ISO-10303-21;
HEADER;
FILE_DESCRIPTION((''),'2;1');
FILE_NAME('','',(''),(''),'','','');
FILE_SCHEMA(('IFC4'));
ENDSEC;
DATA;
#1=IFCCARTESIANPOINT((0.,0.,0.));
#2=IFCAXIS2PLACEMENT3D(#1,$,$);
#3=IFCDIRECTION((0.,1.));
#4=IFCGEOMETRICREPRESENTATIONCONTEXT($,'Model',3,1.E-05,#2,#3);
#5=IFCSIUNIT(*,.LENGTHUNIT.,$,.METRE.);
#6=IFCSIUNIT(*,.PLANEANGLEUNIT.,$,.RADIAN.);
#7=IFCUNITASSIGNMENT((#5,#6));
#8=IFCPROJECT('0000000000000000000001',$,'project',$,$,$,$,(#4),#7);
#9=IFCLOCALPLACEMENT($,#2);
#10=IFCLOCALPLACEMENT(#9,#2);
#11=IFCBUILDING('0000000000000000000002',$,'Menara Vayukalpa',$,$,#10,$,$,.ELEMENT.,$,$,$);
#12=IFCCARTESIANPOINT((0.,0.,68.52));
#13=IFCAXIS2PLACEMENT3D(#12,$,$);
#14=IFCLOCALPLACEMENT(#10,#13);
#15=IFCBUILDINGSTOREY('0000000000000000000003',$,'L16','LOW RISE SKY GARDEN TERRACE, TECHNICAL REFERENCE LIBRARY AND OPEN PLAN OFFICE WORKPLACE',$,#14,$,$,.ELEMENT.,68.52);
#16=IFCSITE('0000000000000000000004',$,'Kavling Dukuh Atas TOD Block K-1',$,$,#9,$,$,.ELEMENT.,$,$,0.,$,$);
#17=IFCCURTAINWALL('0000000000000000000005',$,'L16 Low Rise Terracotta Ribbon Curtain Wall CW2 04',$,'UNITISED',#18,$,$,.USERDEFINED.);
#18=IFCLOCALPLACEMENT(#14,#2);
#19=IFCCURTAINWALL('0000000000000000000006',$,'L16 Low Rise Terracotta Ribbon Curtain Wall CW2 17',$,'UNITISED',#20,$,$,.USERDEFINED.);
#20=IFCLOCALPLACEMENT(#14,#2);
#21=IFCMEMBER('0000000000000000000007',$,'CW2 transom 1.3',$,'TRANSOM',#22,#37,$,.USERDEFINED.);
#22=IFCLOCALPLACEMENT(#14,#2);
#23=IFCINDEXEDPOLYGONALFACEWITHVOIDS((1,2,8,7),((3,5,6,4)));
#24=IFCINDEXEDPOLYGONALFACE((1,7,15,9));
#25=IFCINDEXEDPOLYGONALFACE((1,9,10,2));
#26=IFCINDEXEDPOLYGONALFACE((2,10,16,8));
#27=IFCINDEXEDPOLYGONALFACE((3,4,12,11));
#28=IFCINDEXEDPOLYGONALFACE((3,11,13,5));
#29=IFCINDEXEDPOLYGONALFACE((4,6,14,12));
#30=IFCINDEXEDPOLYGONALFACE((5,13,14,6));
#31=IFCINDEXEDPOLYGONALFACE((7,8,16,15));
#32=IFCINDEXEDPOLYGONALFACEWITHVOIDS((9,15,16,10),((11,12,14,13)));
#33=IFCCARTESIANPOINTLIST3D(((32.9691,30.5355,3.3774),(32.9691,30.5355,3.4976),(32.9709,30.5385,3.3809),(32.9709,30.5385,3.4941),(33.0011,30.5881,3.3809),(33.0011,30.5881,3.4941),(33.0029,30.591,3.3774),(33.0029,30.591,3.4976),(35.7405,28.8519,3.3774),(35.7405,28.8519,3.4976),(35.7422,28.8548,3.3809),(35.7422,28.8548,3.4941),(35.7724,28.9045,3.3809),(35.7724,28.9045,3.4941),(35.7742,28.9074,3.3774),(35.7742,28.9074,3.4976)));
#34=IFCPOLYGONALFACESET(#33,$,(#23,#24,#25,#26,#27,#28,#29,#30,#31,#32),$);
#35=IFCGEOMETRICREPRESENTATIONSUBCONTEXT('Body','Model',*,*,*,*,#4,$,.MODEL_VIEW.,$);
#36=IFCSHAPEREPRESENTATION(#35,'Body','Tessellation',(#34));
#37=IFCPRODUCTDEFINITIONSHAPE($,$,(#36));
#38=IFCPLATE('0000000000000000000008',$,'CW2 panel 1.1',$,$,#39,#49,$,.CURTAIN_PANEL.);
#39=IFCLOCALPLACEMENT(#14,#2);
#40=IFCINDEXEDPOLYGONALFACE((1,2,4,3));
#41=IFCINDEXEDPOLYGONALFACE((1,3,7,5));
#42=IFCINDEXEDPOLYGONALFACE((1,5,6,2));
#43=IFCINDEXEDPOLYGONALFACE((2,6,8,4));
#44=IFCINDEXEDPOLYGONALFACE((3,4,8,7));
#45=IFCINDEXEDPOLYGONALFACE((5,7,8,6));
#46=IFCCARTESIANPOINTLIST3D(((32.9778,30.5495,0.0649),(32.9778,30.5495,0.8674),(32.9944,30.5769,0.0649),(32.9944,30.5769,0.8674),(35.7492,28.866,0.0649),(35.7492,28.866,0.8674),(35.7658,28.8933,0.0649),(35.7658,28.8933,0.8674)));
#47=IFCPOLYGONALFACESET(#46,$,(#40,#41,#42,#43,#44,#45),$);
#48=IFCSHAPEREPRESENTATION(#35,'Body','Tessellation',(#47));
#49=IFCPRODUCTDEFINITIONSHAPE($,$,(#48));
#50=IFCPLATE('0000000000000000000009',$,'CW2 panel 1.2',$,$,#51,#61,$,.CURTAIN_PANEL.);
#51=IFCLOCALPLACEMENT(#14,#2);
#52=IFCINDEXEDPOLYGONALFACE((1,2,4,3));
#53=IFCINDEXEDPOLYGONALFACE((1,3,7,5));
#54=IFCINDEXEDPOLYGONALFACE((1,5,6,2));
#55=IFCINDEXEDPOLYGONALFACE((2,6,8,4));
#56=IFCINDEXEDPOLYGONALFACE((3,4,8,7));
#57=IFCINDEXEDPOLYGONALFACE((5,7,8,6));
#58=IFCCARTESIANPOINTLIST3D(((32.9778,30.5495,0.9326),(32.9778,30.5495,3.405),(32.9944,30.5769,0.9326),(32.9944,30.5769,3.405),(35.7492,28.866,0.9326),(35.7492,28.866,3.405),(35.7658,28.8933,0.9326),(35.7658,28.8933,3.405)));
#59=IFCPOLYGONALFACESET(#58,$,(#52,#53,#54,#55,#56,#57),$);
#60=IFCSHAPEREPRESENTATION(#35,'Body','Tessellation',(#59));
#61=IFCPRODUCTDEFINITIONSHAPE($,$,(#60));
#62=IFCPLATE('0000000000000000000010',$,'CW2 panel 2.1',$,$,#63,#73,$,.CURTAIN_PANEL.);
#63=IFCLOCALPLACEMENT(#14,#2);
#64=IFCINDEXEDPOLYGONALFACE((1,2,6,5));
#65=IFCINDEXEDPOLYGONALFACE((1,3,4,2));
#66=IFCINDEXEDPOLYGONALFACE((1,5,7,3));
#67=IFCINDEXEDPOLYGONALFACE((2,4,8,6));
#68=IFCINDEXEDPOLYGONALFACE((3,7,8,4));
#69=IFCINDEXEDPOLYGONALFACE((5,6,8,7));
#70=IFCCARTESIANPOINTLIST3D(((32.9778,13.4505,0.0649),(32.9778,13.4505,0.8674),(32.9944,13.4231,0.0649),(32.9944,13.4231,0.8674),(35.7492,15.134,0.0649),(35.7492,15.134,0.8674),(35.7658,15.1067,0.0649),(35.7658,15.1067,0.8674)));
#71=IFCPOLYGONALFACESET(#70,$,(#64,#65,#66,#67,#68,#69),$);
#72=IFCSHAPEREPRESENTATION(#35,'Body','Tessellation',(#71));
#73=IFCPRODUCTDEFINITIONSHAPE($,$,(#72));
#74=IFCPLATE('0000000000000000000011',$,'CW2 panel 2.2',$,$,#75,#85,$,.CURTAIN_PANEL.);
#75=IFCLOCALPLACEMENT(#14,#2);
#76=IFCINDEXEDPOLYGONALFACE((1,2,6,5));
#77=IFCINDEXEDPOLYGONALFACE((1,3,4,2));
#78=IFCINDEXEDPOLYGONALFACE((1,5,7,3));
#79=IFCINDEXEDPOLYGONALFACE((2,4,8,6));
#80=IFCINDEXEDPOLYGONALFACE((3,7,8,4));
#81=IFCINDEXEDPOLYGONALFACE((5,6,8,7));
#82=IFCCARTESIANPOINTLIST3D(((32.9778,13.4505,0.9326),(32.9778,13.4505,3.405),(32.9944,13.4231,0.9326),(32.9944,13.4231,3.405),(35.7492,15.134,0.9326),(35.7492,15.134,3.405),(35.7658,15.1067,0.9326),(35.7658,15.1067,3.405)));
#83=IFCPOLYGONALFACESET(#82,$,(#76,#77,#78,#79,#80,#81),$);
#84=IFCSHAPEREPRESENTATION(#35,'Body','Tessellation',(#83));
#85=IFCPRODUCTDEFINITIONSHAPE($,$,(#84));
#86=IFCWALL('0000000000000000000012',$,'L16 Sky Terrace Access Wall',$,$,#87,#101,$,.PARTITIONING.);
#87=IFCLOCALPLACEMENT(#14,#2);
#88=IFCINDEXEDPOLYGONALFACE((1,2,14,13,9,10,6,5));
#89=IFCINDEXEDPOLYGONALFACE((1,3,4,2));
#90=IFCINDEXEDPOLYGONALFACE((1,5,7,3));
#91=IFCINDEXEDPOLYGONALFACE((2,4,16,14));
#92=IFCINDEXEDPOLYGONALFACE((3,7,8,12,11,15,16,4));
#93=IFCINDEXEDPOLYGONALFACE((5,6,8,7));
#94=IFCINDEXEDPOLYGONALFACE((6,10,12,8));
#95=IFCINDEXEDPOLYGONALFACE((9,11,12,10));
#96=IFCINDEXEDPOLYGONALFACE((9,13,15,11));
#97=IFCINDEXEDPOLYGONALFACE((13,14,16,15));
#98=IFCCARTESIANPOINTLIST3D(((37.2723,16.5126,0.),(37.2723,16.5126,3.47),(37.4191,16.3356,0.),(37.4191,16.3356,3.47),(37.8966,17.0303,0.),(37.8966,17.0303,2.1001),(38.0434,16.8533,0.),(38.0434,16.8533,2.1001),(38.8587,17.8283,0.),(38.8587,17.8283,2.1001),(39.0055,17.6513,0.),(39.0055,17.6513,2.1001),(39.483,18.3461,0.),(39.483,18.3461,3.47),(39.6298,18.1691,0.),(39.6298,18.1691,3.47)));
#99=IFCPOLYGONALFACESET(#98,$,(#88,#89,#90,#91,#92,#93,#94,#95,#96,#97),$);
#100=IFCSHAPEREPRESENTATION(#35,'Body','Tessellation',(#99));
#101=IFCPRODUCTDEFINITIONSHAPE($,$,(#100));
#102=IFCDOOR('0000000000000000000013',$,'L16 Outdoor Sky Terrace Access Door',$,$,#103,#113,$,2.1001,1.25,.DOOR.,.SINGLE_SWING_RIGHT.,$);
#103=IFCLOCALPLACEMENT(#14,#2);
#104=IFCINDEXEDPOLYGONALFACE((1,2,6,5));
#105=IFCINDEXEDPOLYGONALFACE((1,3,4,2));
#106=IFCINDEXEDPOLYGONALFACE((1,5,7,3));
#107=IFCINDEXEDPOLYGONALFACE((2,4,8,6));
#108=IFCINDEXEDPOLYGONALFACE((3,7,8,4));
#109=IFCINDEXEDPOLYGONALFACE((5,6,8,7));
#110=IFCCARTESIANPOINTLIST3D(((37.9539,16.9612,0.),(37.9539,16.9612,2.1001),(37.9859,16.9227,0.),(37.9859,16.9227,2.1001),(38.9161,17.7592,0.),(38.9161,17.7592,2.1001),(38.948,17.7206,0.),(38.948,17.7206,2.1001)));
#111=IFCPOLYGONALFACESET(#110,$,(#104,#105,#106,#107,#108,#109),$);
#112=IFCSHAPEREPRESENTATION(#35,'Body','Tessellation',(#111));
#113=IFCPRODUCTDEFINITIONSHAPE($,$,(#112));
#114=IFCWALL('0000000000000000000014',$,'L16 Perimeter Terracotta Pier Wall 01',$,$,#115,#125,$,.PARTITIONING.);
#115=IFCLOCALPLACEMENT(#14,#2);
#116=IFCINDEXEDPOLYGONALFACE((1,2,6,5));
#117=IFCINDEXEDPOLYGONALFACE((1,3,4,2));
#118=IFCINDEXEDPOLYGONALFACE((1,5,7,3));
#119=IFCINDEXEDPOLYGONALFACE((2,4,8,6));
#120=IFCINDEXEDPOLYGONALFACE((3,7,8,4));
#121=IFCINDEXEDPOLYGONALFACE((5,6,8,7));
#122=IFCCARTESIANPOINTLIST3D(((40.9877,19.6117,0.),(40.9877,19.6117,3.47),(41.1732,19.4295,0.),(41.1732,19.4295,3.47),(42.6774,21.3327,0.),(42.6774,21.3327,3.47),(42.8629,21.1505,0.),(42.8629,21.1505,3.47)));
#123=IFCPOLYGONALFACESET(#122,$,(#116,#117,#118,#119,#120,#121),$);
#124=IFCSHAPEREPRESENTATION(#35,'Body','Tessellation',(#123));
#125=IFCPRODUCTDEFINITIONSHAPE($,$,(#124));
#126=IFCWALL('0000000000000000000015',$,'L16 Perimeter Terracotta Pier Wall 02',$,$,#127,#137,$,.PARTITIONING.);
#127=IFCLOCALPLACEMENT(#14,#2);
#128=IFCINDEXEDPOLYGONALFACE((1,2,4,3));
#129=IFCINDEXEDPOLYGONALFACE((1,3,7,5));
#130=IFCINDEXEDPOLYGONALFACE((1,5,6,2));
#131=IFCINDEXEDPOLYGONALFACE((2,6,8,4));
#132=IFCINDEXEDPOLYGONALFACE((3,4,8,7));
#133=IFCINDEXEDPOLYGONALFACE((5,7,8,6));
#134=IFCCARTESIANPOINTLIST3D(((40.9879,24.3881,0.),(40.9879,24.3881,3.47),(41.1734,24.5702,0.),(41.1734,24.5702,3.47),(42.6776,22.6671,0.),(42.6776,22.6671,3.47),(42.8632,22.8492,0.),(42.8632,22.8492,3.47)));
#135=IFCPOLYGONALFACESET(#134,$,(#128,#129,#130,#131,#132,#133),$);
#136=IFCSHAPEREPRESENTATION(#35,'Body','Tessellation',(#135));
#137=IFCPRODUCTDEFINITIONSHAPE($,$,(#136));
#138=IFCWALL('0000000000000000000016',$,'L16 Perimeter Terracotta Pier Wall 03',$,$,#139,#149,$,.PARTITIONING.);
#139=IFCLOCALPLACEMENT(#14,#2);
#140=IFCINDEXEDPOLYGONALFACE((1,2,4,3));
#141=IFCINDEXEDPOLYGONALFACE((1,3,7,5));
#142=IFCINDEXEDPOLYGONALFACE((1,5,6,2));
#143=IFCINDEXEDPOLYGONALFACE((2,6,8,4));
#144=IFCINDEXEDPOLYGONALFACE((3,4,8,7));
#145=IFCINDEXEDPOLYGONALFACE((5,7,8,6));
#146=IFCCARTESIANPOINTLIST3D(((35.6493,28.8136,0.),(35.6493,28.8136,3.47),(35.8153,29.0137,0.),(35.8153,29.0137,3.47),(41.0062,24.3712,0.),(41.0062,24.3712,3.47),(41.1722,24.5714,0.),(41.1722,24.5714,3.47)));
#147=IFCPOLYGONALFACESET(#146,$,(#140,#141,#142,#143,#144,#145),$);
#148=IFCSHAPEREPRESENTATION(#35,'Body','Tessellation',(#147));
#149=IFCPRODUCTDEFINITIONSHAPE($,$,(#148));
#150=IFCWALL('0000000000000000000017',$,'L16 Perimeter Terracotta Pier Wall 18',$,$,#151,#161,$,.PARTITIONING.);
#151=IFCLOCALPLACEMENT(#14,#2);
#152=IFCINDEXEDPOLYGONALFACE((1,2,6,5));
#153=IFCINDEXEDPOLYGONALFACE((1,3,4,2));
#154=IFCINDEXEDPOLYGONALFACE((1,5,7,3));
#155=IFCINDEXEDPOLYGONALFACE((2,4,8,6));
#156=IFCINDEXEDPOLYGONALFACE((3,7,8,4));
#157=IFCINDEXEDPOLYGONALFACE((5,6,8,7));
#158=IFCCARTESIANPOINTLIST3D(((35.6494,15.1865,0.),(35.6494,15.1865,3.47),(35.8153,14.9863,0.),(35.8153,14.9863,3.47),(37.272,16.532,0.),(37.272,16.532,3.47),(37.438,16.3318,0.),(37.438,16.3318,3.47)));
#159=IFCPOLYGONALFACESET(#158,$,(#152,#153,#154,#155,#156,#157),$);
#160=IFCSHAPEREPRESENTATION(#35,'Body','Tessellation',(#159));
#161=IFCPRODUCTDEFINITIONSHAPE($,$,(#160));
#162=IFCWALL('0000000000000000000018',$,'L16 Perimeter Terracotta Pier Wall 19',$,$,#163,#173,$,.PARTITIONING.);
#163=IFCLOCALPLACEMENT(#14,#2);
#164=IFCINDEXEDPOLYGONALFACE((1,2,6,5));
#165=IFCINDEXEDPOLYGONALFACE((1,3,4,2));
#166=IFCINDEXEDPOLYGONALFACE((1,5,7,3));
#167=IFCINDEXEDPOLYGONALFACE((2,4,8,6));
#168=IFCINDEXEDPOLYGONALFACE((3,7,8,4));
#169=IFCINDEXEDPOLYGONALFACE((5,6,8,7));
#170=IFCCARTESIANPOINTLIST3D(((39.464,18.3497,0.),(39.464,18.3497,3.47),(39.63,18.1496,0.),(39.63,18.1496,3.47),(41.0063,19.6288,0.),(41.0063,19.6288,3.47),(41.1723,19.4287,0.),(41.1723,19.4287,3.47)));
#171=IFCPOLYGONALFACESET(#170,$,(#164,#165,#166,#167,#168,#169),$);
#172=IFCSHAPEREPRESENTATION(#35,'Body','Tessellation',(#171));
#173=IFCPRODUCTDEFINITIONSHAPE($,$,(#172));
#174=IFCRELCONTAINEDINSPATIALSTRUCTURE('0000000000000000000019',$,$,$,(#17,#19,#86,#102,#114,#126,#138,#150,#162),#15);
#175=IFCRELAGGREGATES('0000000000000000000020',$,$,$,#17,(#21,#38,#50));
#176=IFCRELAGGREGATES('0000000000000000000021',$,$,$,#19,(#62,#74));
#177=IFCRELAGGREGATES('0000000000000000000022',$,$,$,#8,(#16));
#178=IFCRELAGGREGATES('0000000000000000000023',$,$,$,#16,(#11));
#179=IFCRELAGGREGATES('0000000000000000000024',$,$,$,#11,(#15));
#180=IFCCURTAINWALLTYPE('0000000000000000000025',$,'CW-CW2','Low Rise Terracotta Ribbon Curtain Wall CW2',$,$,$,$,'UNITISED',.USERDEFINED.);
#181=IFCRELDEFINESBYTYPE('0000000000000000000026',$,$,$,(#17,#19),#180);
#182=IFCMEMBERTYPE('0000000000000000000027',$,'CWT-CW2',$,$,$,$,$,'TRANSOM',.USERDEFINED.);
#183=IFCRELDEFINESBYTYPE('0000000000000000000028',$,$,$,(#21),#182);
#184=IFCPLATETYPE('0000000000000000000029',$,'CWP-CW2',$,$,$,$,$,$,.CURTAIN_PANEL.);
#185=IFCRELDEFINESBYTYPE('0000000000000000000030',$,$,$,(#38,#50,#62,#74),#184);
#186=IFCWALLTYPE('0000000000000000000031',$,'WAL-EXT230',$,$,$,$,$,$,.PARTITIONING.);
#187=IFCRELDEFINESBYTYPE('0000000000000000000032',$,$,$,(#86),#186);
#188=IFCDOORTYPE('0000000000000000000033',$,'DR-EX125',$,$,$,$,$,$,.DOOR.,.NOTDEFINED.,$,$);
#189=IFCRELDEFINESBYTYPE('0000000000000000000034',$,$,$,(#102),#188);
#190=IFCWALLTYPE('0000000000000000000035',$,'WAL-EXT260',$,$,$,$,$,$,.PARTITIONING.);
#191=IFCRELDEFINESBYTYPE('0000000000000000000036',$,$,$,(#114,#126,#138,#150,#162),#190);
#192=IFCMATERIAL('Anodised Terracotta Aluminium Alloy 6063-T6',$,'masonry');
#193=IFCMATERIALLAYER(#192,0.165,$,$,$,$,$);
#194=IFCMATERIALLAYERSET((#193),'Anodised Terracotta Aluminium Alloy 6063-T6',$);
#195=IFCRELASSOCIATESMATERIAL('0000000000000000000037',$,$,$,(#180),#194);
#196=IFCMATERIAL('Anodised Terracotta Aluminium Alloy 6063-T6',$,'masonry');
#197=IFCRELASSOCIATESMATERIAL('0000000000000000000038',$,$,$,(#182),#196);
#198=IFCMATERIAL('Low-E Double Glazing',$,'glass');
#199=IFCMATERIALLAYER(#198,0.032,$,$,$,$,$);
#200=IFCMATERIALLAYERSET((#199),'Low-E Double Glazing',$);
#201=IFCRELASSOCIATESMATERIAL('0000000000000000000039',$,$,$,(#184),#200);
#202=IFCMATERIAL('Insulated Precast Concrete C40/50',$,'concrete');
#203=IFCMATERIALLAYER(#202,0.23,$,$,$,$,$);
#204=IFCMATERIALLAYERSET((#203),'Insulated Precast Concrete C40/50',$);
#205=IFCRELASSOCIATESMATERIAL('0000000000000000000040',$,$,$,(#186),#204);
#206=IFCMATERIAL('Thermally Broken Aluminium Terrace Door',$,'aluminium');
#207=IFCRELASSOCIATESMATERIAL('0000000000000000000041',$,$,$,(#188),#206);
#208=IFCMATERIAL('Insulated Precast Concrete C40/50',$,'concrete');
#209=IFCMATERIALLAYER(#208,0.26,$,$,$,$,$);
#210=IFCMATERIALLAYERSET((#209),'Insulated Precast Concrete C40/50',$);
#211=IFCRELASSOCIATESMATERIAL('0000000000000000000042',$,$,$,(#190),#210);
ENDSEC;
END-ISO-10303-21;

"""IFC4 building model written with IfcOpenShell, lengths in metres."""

from ifc_helpers import new_model, si_unit, direction, frame, frame_2d, origin, origin_2d, place, context, subcontext, project, spatial, rectangle, hollow_rectangle, extrude, material, layer, layer_set, material_profile, profile_set, type_object, element, fill, aggregate, save


model = new_model("IFC4")

# Units and contexts
model_context = context("Model", 3, precision=1e-05, world=origin(), true_north=direction((0.0, 1.0)))
body_context = subcontext(model_context, "Body", "Model", "MODEL_VIEW")
ifc_project = project(units=[si_unit("LENGTHUNIT", "METRE"), si_unit("PLANEANGLEUNIT", "RADIAN")], contexts=[model_context])

# Site, building, storey
site_placement = place(None, origin())
site = spatial("IfcSite", under=ifc_project, at=site_placement, Name="Kavling Dukuh Atas TOD Block K-1", CompositionType="ELEMENT", RefElevation=0.0)
building_placement = place(site_placement, origin())
building = spatial("IfcBuilding", under=site, at=building_placement, Name="Menara Vayukalpa", CompositionType="ELEMENT")
storey_placement = place(building_placement, frame((0.0, 0.0, 68.52)))
storey = spatial("IfcBuildingStorey", under=building, at=storey_placement, Name="L16", Description="LOW RISE SKY GARDEN TERRACE, TECHNICAL REFERENCE LIBRARY AND OPEN PLAN OFFICE WORKPLACE", CompositionType="ELEMENT", Elevation=68.52)

# Curtain walls
ifc_material_1 = material(Name="Anodised Terracotta Aluminium Alloy 6063-T6", Category="masonry")
ifc_layer_1 = layer(ifc_material_1, 0.165)
ifc_layer_set_1 = layer_set([ifc_layer_1], Name="Anodised Terracotta Aluminium Alloy 6063-T6")
curtain_wall_type = type_object("IfcCurtainWallType", Name="CW-CW2", Description="Low Rise Terracotta Ribbon Curtain Wall CW2", ElementType="UNITISED", PredefinedType="USERDEFINED", material=ifc_layer_set_1)
curtain_wall_1_placement = place(storey_placement, origin())
curtain_wall_1 = element("IfcCurtainWall", 1, at=curtain_wall_1_placement, inside=storey, type_object=curtain_wall_type, Name="L16 Low Rise Terracotta Ribbon Curtain Wall CW2 04", ObjectType="UNITISED", PredefinedType="USERDEFINED")
curtain_wall_2_placement = place(storey_placement, origin())
curtain_wall_2 = element("IfcCurtainWall", 2, at=curtain_wall_2_placement, inside=storey, type_object=curtain_wall_type, Name="L16 Low Rise Terracotta Ribbon Curtain Wall CW2 17", ObjectType="UNITISED", PredefinedType="USERDEFINED")

# Member
ifc_material_2 = material(Name="Anodised Terracotta Aluminium Alloy 6063-T6", Category="masonry")
ifc_material_profile_1 = material_profile(ifc_material_2, hollow_rectangle(XDim=0.0649, YDim=0.1201, WallThickness=0.0034, at=origin_2d()), Name="ALU 65x120x3.5")
ifc_profile_set_1 = profile_set([ifc_material_profile_1], Name="Anodised Terracotta Aluminium Alloy 6063-T6")
member_type_1 = type_object("IfcMemberType", Name="CWT-CW2", ElementType="TRANSOM", PredefinedType="USERDEFINED", material=ifc_profile_set_1)
member_1_placement = place(storey_placement, frame((35.7573, 28.8796, 3.4375), z_axis=(-0.854643, 0.519216, 0.0), x_axis=(-0.519216, -0.854643, 0.0)))
member_1 = element("IfcMember", 3, at=member_1_placement, type_object=member_type_1, Name="CW2 transom 1.3", ObjectType="TRANSOM", PredefinedType="USERDEFINED", context=body_context, shape_type="SweptSolid", body=[
    extrude(hollow_rectangle(XDim=0.0649, YDim=0.1201, WallThickness=0.0034, at=origin_2d()), origin(), (0.0, 0.0, 1.0), 3.2427),
])

# Plates
ifc_material_3 = material(Name="Low-E Double Glazing", Category="glass")
ifc_layer_2 = layer(ifc_material_3, 0.032)
ifc_layer_set_2 = layer_set([ifc_layer_2], Name="Low-E Double Glazing")
plate_type = type_object("IfcPlateType", Name="CWP-CW2", PredefinedType="CURTAIN_PANEL", material=ifc_layer_set_2)
plate_1_placement = place(storey_placement, frame((34.3718, 29.7214, 0.0649), z_axis=(0.0, 0.0, 1.0), x_axis=(-0.854664, 0.519182, 0.0)))
plate_1 = element("IfcPlate", 4, at=plate_1_placement, type_object=plate_type, Name="CW2 panel 1.1", PredefinedType="CURTAIN_PANEL", context=body_context, shape_type="SweptSolid", body=[
    extrude(rectangle(XDim=3.2427, YDim=0.032, at=origin_2d()), origin(), (0.0, 0.0, 1.0), 0.8025),
])
plate_2_placement = place(storey_placement, frame((34.3718, 29.7214, 0.9326), z_axis=(0.0, 0.0, 1.0), x_axis=(-0.854664, 0.519182, 0.0)))
plate_2 = element("IfcPlate", 5, at=plate_2_placement, type_object=plate_type, Name="CW2 panel 1.2", PredefinedType="CURTAIN_PANEL", context=body_context, shape_type="SweptSolid", body=[
    extrude(rectangle(XDim=3.2427, YDim=0.032, at=origin_2d()), origin(), (0.0, 0.0, 1.0), 2.4724),
])
aggregate(curtain_wall_1, [member_1, plate_1, plate_2])
plate_3_placement = place(storey_placement, frame((34.3718, 14.2786, 0.0649), z_axis=(0.0, 0.0, 1.0), x_axis=(0.854664, 0.519182, 0.0)))
plate_3 = element("IfcPlate", 6, at=plate_3_placement, type_object=plate_type, Name="CW2 panel 2.1", PredefinedType="CURTAIN_PANEL", context=body_context, shape_type="SweptSolid", body=[
    extrude(rectangle(XDim=3.2427, YDim=0.032, at=origin_2d()), origin(), (0.0, 0.0, 1.0), 0.8025),
])
plate_4_placement = place(storey_placement, frame((34.3718, 14.2786, 0.9326), z_axis=(0.0, 0.0, 1.0), x_axis=(0.854664, 0.519182, 0.0)))
plate_4 = element("IfcPlate", 7, at=plate_4_placement, type_object=plate_type, Name="CW2 panel 2.2", PredefinedType="CURTAIN_PANEL", context=body_context, shape_type="SweptSolid", body=[
    extrude(rectangle(XDim=3.2427, YDim=0.032, at=origin_2d()), origin(), (0.0, 0.0, 1.0), 2.4724),
])
aggregate(curtain_wall_2, [plate_3, plate_4])

# Wall, opening, door
ifc_material_4 = material(Name="Insulated Precast Concrete C40/50", Category="concrete")
ifc_layer_3 = layer(ifc_material_4, 0.23)
ifc_layer_set_3 = layer_set([ifc_layer_3], Name="Insulated Precast Concrete C40/50")
wall_type_1 = type_object("IfcWallType", Name="WAL-EXT230", PredefinedType="PARTITIONING", material=ifc_layer_set_3)
wall_1_placement = place(storey_placement, frame((39.5564, 18.2576, 0.0), z_axis=(0.0, 0.0, 1.0), x_axis=(-0.769717, -0.638385, 0.0)))
wall_1 = element("IfcWall", 8, at=wall_1_placement, inside=storey, type_object=wall_type_1, Name="L16 Sky Terrace Access Wall", PredefinedType="PARTITIONING", context=body_context, shape_type="SweptSolid", body=[
    extrude(rectangle(XDim=2.8721, YDim=0.23, at=frame_2d((1.436, 0.0))), origin(), (0.0, 0.0, 1.0), 3.47),
])
opening_1_placement = place(wall_1_placement, frame((0.811, 0.0, 0.0)))
opening_1 = element("IfcOpeningElement", 9, at=opening_1_placement, cuts=wall_1, PredefinedType="OPENING", context=body_context, shape_type="SweptSolid", body=[
    extrude(rectangle(XDim=1.25, YDim=2.1001, at=frame_2d((0.625, 1.05))), frame((0.0, 0.125, 0.0), z_axis=(0.0, -1.0, 0.0), x_axis=(1.0, 0.0, 0.0)), (0.0, 0.0, 1.0), 0.25),
])
ifc_material_5 = material(Name="Thermally Broken Aluminium Terrace Door", Category="aluminium")
door_type_1 = type_object("IfcDoorType", Name="DR-EX125", OperationType="NOTDEFINED", PredefinedType="DOOR", material=ifc_material_5)
door_1_placement = place(opening_1_placement, origin())
door_1 = element("IfcDoor", 10, at=door_1_placement, inside=storey, type_object=door_type_1, Name="L16 Outdoor Sky Terrace Access Door", OperationType="SINGLE_SWING_RIGHT", OverallHeight=2.1001, OverallWidth=1.25, PredefinedType="DOOR", context=body_context, shape_type="SweptSolid", body=[
    extrude(rectangle(XDim=1.25, YDim=2.1001, at=frame_2d((0.625, 1.05))), frame((0.0, 0.0249, 0.0), z_axis=(0.0, -1.0, 0.0), x_axis=(1.0, 0.0, 0.0)), (0.0, 0.0, 1.0), 0.05),
])
fill(opening_1, door_1)

# Walls
ifc_material_6 = material(Name="Insulated Precast Concrete C40/50", Category="concrete")
ifc_layer_4 = layer(ifc_material_6, 0.26)
ifc_layer_set_4 = layer_set([ifc_layer_4], Name="Insulated Precast Concrete C40/50")
wall_type_2 = type_object("IfcWallType", Name="WAL-EXT260", PredefinedType="PARTITIONING", material=ifc_layer_set_4)
for number, where, z_axis, x_axis, name in (
    (11, (42.7703, 21.2417, 0.0), (0.0, 0.0, 1.0), (-0.700599, -0.713556, 0.0), "L16 Perimeter Terracotta Pier Wall 01"),
    (12, (41.0806, 24.4792, 0.0), (0.0, 0.0, 1.0), (0.700599, -0.713556, 0.0), "L16 Perimeter Terracotta Pier Wall 02"),
):
    element("IfcWall", number, at=place(storey_placement, frame(where, z_axis=z_axis, x_axis=x_axis)), inside=storey, type_object=wall_type_2, Name=name, PredefinedType="PARTITIONING", context=body_context, shape_type="SweptSolid", body=[
        extrude(rectangle(XDim=2.4119, YDim=0.26, at=frame_2d((1.2061, 0.0))), origin(), (0.0, 0.0, 1.0), 3.47),
    ])
wall_2_placement = place(storey_placement, frame((35.7324, 28.9136, 0.0), z_axis=(0.0, 0.0, 1.0), x_axis=(0.769755, -0.63834, 0.0)))
element("IfcWall", 13, at=wall_2_placement, inside=storey, type_object=wall_type_2, Name="L16 Perimeter Terracotta Pier Wall 03", PredefinedType="PARTITIONING", context=body_context, shape_type="SweptSolid", body=[
    extrude(rectangle(XDim=6.9592, YDim=0.26, at=frame_2d((3.4795, 0.0))), origin(), (0.0, 0.0, 1.0), 3.47),
])
wall_3_placement = place(storey_placement, frame((37.355, 16.4319, 0.0), z_axis=(0.0, 0.0, 1.0), x_axis=(-0.769776, -0.638314, 0.0)))
element("IfcWall", 14, at=wall_3_placement, inside=storey, type_object=wall_type_2, Name="L16 Perimeter Terracotta Pier Wall 18", PredefinedType="PARTITIONING", context=body_context, shape_type="SweptSolid", body=[
    extrude(rectangle(XDim=2.1079, YDim=0.26, at=frame_2d((1.054, 0.0))), origin(), (0.0, 0.0, 1.0), 3.47),
])
wall_4_placement = place(storey_placement, frame((41.0894, 19.5288, 0.0), z_axis=(0.0, 0.0, 1.0), x_axis=(-0.769727, -0.638373, 0.0)))
element("IfcWall", 15, at=wall_4_placement, inside=storey, type_object=wall_type_2, Name="L16 Perimeter Terracotta Pier Wall 19", PredefinedType="PARTITIONING", context=body_context, shape_type="SweptSolid", body=[
    extrude(rectangle(XDim=2.0037, YDim=0.26, at=frame_2d((1.002, 0.0))), origin(), (0.0, 0.0, 1.0), 3.47),
])

save(model, "model.ifc")
